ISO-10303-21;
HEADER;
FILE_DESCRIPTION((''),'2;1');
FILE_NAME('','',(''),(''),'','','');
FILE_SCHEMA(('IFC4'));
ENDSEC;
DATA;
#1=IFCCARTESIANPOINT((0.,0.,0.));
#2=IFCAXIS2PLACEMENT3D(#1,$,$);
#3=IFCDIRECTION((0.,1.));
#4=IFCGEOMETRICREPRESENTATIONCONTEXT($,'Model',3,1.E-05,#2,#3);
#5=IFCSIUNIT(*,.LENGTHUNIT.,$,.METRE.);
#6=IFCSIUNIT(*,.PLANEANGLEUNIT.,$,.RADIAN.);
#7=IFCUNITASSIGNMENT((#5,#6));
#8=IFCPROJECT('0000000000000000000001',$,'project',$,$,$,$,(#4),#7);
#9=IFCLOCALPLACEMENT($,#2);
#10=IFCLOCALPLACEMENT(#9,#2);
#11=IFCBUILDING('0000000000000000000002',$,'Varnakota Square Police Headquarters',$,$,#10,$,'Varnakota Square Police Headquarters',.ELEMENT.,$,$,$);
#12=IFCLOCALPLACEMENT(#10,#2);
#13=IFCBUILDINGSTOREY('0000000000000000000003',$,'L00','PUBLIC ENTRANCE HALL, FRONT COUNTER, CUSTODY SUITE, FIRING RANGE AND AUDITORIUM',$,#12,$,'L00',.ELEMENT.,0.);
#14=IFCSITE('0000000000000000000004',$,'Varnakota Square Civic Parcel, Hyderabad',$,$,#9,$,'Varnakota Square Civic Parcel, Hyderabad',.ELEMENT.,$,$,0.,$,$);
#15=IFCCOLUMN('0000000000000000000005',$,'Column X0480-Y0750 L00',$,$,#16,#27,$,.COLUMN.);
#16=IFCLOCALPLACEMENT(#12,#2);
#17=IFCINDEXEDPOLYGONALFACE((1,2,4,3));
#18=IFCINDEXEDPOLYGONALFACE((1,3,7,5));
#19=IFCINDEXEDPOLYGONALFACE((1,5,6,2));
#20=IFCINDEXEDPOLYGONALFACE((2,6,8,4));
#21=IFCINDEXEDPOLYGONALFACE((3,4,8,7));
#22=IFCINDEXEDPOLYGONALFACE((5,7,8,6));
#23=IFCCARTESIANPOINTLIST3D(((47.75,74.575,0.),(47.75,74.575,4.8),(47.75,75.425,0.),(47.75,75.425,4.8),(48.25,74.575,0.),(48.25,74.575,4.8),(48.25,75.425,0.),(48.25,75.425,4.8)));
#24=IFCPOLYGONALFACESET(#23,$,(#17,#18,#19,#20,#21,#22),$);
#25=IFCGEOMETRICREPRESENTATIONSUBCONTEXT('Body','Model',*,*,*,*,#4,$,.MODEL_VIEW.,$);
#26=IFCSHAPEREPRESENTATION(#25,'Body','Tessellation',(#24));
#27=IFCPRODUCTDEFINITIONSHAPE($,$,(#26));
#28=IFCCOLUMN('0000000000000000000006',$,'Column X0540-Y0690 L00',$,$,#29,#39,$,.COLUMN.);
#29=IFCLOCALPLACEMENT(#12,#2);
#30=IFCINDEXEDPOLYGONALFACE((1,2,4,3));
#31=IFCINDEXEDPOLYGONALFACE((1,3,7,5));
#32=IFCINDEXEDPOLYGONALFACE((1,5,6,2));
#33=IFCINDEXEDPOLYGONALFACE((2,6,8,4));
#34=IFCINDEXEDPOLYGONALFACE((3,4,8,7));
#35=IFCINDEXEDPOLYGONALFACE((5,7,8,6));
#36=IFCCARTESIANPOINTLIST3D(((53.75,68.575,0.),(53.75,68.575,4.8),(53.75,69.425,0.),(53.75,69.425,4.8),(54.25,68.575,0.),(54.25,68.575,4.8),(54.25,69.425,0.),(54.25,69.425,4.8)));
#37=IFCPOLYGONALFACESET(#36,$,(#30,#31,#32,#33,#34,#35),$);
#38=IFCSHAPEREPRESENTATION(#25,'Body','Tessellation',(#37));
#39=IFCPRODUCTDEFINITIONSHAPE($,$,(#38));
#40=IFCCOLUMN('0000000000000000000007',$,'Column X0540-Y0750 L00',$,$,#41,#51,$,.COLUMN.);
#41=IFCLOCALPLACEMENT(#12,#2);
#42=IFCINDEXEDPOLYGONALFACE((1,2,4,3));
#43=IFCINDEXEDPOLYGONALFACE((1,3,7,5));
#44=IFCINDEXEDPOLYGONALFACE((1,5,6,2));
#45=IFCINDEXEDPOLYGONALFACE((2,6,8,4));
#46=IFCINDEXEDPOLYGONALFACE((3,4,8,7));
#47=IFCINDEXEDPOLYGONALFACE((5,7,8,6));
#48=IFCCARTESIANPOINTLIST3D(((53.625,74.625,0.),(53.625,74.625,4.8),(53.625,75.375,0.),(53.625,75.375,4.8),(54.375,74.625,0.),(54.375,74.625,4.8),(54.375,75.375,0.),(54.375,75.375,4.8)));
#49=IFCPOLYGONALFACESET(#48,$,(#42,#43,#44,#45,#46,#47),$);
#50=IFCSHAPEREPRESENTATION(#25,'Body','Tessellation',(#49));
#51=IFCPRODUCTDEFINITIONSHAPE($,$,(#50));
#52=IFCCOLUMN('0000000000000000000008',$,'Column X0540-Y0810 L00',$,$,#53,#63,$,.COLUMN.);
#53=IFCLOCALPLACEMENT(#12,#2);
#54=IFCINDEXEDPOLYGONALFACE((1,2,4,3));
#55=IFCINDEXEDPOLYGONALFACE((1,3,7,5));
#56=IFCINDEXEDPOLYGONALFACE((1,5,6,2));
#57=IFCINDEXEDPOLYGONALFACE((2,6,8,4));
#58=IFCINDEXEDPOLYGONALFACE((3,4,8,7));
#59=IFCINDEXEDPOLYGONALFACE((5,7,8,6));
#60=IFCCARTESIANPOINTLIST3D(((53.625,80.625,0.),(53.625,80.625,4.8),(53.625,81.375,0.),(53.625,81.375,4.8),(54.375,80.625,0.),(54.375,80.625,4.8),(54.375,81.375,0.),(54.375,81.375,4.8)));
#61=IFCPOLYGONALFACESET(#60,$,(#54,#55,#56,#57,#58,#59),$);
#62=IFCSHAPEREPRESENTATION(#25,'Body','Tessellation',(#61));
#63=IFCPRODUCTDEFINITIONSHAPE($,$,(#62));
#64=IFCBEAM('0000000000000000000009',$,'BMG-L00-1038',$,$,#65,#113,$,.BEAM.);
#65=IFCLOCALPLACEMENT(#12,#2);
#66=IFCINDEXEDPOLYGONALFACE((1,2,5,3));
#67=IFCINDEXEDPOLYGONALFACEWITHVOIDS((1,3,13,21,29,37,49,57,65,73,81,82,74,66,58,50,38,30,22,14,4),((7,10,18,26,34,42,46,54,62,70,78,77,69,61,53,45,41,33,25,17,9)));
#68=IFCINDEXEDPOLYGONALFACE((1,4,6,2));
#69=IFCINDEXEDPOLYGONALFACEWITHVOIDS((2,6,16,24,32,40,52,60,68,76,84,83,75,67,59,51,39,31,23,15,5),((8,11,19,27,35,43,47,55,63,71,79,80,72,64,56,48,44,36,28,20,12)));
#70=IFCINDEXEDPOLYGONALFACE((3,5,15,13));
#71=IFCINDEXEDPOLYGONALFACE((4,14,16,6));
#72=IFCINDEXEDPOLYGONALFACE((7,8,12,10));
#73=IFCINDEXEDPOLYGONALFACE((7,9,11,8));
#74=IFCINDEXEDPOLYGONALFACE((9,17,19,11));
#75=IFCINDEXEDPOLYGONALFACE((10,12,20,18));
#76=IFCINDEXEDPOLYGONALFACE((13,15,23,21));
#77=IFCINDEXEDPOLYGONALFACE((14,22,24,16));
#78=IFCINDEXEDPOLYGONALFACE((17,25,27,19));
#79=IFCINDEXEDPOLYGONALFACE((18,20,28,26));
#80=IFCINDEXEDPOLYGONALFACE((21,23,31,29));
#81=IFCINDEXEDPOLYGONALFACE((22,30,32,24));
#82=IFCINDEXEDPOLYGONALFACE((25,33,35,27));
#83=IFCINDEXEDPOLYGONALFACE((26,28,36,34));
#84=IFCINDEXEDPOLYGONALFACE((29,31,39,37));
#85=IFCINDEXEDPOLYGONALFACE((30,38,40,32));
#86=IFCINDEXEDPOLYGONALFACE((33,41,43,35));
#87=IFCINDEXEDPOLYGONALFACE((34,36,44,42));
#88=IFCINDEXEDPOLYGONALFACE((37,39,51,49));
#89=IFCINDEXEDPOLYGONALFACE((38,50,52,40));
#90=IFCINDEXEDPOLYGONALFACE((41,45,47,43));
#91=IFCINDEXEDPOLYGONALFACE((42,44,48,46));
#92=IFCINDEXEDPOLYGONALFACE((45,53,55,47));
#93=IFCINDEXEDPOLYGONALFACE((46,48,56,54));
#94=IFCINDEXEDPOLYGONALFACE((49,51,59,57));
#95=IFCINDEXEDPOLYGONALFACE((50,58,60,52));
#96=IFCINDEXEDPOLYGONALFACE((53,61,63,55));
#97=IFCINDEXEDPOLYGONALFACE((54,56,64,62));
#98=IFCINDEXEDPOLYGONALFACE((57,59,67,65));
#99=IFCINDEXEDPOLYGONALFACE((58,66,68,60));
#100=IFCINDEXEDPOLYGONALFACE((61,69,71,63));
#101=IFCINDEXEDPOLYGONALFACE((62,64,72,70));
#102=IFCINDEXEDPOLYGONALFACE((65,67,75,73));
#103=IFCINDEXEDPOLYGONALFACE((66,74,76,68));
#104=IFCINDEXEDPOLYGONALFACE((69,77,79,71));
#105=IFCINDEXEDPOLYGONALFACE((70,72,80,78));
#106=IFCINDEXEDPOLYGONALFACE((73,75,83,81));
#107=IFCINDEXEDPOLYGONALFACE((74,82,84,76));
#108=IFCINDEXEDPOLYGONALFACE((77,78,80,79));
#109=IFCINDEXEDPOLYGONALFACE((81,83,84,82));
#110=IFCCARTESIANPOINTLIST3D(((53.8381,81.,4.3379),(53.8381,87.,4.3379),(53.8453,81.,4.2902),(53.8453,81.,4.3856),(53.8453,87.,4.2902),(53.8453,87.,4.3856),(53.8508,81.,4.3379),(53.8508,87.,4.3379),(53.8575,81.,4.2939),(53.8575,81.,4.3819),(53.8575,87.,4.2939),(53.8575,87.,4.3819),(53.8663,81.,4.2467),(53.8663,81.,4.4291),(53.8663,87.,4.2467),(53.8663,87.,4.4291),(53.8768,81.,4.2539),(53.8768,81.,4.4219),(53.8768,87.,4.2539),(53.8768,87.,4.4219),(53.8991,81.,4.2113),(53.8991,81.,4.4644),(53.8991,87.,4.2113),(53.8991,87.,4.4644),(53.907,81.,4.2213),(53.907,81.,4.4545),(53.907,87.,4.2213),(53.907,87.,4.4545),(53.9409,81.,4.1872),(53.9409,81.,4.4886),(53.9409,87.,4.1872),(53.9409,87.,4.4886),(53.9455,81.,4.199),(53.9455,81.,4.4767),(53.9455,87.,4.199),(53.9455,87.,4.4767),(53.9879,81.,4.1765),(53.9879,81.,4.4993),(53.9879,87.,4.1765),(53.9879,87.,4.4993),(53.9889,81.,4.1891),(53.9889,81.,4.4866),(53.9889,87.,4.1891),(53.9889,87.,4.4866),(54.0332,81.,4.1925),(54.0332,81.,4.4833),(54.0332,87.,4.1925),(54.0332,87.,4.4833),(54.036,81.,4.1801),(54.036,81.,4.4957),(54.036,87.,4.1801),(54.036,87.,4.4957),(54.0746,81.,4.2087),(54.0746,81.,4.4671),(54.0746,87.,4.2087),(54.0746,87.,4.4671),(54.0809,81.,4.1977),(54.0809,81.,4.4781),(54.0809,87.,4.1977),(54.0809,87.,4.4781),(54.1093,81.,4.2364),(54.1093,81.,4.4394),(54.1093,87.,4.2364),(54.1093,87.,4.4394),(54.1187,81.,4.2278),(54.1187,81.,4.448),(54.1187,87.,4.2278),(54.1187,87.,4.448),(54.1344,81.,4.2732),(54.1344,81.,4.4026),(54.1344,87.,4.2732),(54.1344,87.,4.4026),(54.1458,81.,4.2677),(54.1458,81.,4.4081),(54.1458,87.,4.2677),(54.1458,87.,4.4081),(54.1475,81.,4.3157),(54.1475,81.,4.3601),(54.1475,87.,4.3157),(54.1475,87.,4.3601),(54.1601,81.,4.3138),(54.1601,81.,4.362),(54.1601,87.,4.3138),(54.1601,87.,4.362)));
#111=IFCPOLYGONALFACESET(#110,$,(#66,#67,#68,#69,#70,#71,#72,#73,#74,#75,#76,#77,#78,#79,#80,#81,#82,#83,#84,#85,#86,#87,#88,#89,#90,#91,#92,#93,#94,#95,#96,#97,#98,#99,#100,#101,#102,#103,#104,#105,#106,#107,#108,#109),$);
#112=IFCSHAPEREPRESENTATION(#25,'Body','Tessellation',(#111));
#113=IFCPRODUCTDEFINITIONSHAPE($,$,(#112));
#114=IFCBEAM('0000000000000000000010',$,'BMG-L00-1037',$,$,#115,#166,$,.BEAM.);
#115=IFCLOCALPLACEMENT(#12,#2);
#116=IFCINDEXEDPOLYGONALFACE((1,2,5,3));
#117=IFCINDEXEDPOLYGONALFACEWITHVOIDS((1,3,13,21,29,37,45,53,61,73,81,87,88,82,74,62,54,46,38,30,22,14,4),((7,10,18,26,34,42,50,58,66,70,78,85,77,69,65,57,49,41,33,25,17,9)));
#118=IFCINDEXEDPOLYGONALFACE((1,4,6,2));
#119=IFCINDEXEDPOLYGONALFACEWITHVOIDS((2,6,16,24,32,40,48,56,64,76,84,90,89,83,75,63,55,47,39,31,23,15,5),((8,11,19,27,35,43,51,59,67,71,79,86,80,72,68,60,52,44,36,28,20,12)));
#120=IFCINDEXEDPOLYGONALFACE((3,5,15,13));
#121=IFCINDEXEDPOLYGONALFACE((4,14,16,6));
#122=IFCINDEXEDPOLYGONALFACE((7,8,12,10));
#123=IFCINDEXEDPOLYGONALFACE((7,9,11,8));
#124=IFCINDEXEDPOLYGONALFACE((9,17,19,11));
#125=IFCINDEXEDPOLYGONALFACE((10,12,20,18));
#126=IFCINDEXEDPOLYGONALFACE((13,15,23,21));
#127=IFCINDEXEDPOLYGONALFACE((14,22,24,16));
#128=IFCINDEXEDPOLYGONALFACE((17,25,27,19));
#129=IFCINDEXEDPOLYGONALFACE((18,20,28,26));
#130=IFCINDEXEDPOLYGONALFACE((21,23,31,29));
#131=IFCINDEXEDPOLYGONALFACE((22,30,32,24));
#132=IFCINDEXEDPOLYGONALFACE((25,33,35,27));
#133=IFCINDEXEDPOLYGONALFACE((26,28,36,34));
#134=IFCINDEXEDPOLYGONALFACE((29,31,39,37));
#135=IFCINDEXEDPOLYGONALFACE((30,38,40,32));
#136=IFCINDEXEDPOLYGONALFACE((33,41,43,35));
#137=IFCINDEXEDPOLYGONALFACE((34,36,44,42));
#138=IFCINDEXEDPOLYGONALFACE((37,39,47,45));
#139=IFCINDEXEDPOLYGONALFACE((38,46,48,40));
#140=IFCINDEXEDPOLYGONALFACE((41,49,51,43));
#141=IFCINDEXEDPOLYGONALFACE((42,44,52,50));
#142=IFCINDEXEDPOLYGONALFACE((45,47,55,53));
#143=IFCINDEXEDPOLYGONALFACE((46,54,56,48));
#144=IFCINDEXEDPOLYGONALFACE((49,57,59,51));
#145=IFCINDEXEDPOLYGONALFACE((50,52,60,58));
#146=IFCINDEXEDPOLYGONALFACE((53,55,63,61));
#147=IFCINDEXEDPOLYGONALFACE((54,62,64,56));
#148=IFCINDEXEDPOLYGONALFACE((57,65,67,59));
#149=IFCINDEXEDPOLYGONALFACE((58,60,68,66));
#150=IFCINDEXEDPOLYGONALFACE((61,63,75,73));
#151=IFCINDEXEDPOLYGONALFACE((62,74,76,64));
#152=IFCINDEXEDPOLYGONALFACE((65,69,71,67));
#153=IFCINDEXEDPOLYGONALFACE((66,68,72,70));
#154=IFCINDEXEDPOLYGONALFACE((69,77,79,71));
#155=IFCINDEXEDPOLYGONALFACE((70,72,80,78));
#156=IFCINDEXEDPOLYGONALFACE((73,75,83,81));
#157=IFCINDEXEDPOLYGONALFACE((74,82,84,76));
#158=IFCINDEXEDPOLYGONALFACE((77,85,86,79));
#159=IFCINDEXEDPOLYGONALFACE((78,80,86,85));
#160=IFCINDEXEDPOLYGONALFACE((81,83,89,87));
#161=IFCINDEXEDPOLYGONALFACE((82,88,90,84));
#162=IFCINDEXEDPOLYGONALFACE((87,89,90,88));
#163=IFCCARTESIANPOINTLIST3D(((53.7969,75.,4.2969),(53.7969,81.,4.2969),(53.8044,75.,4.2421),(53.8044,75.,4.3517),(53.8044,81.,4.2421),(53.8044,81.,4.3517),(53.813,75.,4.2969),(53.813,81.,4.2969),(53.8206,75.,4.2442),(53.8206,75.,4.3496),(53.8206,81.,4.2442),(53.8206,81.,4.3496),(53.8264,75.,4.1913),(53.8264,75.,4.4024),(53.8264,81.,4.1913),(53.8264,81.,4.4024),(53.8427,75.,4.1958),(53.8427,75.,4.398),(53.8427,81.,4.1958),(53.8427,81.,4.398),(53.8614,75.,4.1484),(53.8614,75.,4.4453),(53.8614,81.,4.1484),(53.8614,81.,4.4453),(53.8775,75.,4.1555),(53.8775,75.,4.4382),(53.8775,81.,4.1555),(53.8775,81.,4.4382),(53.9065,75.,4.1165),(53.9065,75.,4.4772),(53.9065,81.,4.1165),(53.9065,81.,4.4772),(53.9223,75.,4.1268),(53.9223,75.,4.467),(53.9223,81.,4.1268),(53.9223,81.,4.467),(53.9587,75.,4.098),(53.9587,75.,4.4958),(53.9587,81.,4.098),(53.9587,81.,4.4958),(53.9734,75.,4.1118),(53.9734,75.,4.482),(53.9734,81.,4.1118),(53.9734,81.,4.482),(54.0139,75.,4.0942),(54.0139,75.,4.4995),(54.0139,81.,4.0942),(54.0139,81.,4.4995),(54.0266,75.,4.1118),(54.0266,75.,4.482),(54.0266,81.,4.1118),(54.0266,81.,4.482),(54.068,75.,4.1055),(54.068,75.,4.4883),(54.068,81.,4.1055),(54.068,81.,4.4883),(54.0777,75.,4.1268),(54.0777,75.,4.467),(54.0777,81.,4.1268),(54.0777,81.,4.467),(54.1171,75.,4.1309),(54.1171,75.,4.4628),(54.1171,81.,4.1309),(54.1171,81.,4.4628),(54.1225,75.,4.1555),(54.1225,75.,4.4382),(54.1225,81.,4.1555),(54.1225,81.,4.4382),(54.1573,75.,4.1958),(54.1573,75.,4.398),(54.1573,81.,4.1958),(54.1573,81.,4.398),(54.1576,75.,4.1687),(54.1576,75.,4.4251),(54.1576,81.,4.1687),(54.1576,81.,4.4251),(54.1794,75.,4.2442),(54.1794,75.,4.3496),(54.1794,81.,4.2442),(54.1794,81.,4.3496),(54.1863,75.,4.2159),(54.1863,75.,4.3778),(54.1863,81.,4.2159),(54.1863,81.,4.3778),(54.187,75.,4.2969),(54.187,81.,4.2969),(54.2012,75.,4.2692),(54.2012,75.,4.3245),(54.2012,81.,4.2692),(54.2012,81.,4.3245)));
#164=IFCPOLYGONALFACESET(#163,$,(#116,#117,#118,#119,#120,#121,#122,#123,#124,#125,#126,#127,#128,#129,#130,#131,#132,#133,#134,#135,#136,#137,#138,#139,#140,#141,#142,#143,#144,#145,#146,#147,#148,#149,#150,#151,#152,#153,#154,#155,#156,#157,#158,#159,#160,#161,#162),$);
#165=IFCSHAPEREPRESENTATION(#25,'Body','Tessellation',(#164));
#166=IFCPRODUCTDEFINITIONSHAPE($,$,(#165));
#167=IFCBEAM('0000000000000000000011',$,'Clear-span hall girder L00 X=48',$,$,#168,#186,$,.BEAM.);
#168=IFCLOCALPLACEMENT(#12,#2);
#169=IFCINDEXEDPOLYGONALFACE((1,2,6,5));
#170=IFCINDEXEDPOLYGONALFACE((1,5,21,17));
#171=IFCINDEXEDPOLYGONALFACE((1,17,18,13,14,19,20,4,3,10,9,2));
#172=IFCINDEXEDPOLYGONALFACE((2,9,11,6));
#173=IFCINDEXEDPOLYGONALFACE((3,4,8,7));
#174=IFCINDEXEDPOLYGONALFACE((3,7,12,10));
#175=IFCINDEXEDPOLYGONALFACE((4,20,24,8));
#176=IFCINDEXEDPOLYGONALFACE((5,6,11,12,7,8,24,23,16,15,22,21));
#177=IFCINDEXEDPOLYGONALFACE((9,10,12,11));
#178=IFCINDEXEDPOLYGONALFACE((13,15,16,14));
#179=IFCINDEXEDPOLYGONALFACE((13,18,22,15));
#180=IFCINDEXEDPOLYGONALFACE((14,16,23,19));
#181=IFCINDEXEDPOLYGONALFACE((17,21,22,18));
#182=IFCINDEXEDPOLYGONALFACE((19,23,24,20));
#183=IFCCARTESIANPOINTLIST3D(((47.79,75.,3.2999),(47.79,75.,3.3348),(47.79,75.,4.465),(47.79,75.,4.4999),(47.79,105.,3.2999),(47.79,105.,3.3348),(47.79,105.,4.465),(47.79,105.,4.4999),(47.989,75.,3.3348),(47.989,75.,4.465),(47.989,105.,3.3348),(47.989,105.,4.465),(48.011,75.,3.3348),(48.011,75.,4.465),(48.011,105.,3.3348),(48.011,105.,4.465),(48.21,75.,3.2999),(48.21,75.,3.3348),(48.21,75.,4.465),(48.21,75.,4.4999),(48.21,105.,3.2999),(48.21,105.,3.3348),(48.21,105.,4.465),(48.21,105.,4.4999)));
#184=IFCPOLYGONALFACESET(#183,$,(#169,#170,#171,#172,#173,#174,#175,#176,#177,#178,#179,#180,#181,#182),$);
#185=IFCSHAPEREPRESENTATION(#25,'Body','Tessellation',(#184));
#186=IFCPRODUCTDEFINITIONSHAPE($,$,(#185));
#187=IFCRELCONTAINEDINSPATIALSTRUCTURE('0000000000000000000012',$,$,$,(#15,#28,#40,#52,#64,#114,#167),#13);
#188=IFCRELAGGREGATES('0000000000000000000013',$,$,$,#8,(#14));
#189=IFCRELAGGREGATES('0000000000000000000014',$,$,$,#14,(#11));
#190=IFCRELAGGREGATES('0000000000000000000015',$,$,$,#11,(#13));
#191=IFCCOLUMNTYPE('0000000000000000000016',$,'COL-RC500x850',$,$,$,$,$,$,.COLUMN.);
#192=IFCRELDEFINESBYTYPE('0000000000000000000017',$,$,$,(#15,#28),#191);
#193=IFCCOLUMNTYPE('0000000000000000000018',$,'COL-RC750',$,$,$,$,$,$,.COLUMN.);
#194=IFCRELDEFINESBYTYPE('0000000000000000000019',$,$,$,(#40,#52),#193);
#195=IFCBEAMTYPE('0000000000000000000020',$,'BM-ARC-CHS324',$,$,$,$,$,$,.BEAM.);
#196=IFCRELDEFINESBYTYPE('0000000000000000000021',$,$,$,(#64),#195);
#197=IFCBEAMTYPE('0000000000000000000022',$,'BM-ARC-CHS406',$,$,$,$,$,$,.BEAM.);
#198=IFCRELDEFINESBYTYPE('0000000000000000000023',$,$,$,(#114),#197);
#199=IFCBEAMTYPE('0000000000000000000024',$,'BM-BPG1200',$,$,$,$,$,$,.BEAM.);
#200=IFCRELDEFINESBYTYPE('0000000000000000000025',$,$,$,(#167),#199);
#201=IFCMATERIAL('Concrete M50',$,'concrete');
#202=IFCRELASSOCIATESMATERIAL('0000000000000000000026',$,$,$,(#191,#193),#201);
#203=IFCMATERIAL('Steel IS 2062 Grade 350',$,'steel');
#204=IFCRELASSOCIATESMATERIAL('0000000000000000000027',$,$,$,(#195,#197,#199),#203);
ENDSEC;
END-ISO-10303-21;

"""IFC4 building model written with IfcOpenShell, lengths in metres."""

from ifc_helpers import new_model, si_unit, direction, frame, origin, origin_2d, place, context, subcontext, project, spatial, rectangle, hollow_circle, i_section, extrude, material, material_profile, profile_set, type_object, element, save


model = new_model("IFC4")

# Units and contexts
model_context = context("Model", 3, precision=1e-05, world=origin(), true_north=direction((0.0, 1.0)))
body_context = subcontext(model_context, "Body", "Model", "MODEL_VIEW")
ifc_project = project(units=[si_unit("LENGTHUNIT", "METRE"), si_unit("PLANEANGLEUNIT", "RADIAN")], contexts=[model_context])

# Site, building, storey
site_placement = place(None, origin())
site = spatial("IfcSite", under=ifc_project, at=site_placement, Name="Varnakota Square Civic Parcel, Hyderabad", LongName="Varnakota Square Civic Parcel, Hyderabad", CompositionType="ELEMENT", RefElevation=0.0)
building_placement = place(site_placement, origin())
building = spatial("IfcBuilding", under=site, at=building_placement, Name="Varnakota Square Police Headquarters", LongName="Varnakota Square Police Headquarters", CompositionType="ELEMENT")
storey_placement = place(building_placement, origin())
storey = spatial("IfcBuildingStorey", under=building, at=storey_placement, Name="L00", Description="PUBLIC ENTRANCE HALL, FRONT COUNTER, CUSTODY SUITE, FIRING RANGE AND AUDITORIUM", LongName="L00", CompositionType="ELEMENT", Elevation=0.0)

# Columns
ifc_material_1 = material(Name="Concrete M50", Category="concrete")
ifc_material_profile_1 = material_profile(ifc_material_1, rectangle(XDim=0.5, YDim=0.8501, at=origin_2d()), Name="RC 500x850")
ifc_profile_set_1 = profile_set([ifc_material_profile_1], Name="Concrete M50")
column_type_1 = type_object("IfcColumnType", Name="COL-RC500x850", PredefinedType="COLUMN", material=ifc_profile_set_1)
for number, where, z_axis, x_axis, name in (
    (1, (48.0, 75.0, 0.0), (0.0, 0.0, 1.0), (1.0, 0.0, 0.0), "Column X0480-Y0750 L00"),
    (2, (54.0, 69.0, 0.0), (0.0, 0.0, 1.0), (1.0, 0.0, 0.0), "Column X0540-Y0690 L00"),
):
    element("IfcColumn", number, at=place(storey_placement, frame(where, z_axis=z_axis, x_axis=x_axis)), inside=storey, type_object=column_type_1, Name=name, PredefinedType="COLUMN", context=body_context, shape_type="SweptSolid", body=[
        extrude(rectangle(XDim=0.5, YDim=0.8501, at=origin_2d()), origin(), (0.0, 0.0, 1.0), 4.8),
    ])
ifc_material_profile_2 = material_profile(ifc_material_1, rectangle(XDim=0.75, YDim=0.75, at=origin_2d()), Name="RC 750x750")
ifc_profile_set_2 = profile_set([ifc_material_profile_2], Name="Concrete M50")
column_type_2 = type_object("IfcColumnType", Name="COL-RC750", PredefinedType="COLUMN", material=ifc_profile_set_2)
for number, where, z_axis, x_axis, name in (
    (3, (54.0, 75.0, 0.0), (0.0, 0.0, 1.0), (1.0, 0.0, 0.0), "Column X0540-Y0750 L00"),
    (4, (54.0, 81.0, 0.0), (0.0, 0.0, 1.0), (1.0, 0.0, 0.0), "Column X0540-Y0810 L00"),
):
    element("IfcColumn", number, at=place(storey_placement, frame(where, z_axis=z_axis, x_axis=x_axis)), inside=storey, type_object=column_type_2, Name=name, PredefinedType="COLUMN", context=body_context, shape_type="SweptSolid", body=[
        extrude(rectangle(XDim=0.75, YDim=0.75, at=origin_2d()), origin(), (0.0, 0.0, 1.0), 4.8),
    ])

# Beams
ifc_material_2 = material(Name="Steel IS 2062 Grade 350", Category="steel")
ifc_material_profile_3 = material_profile(ifc_material_2, hollow_circle(Radius=0.1619, WallThickness=0.0127, at=origin_2d()), Name="CHS 323.9x12.7")
ifc_profile_set_3 = profile_set([ifc_material_profile_3], Name="Steel IS 2062 Grade 350")
beam_type_1 = type_object("IfcBeamType", Name="BM-ARC-CHS324", PredefinedType="BEAM", material=ifc_profile_set_3)
beam_1_placement = place(storey_placement, frame((54.0, 81.0, 4.3379), z_axis=(0.0, 1.0, 0.0), x_axis=(-1.0, 0.0, 0.0)))
element("IfcBeam", 5, at=beam_1_placement, inside=storey, type_object=beam_type_1, Name="BMG-L00-1038", PredefinedType="BEAM", context=body_context, shape_type="SweptSolid", body=[
    extrude(hollow_circle(Radius=0.1619, WallThickness=0.0127, at=origin_2d()), origin(), (0.0, 0.0, 1.0), 6.0),
])
ifc_material_profile_4 = material_profile(ifc_material_2, hollow_circle(Radius=0.2031, WallThickness=0.0161, at=origin_2d()), Name="CHS 406.4x16.0")
ifc_profile_set_4 = profile_set([ifc_material_profile_4], Name="Steel IS 2062 Grade 350")
beam_type_2 = type_object("IfcBeamType", Name="BM-ARC-CHS406", PredefinedType="BEAM", material=ifc_profile_set_4)
beam_2_placement = place(storey_placement, frame((54.0, 75.0, 4.2969), z_axis=(0.0, 1.0, 0.0), x_axis=(-1.0, 0.0, 0.0)))
element("IfcBeam", 6, at=beam_2_placement, inside=storey, type_object=beam_type_2, Name="BMG-L00-1037", PredefinedType="BEAM", context=body_context, shape_type="SweptSolid", body=[
    extrude(hollow_circle(Radius=0.2031, WallThickness=0.0161, at=origin_2d()), origin(), (0.0, 0.0, 1.0), 6.0),
])
ifc_material_profile_5 = material_profile(ifc_material_2, i_section(OverallWidth=0.4199, OverallDepth=1.2, WebThickness=0.022, FlangeThickness=0.0349, at=origin_2d()), Name="BPG 1200x420")
ifc_profile_set_5 = profile_set([ifc_material_profile_5], Name="Steel IS 2062 Grade 350")
beam_type_3 = type_object("IfcBeamType", Name="BM-BPG1200", PredefinedType="BEAM", material=ifc_profile_set_5)
beam_3_placement = place(storey_placement, frame((48.0, 75.0, 3.8999), z_axis=(0.0, 1.0, 0.0), x_axis=(-1.0, 0.0, 0.0)))
element("IfcBeam", 7, at=beam_3_placement, inside=storey, type_object=beam_type_3, Name="Clear-span hall girder L00 X=48", PredefinedType="BEAM", context=body_context, shape_type="SweptSolid", body=[
    extrude(i_section(OverallWidth=0.4199, OverallDepth=1.2, WebThickness=0.022, FlangeThickness=0.0349, at=origin_2d()), origin(), (0.0, 0.0, 1.0), 30.0),
])

save(model, "model.ifc")
